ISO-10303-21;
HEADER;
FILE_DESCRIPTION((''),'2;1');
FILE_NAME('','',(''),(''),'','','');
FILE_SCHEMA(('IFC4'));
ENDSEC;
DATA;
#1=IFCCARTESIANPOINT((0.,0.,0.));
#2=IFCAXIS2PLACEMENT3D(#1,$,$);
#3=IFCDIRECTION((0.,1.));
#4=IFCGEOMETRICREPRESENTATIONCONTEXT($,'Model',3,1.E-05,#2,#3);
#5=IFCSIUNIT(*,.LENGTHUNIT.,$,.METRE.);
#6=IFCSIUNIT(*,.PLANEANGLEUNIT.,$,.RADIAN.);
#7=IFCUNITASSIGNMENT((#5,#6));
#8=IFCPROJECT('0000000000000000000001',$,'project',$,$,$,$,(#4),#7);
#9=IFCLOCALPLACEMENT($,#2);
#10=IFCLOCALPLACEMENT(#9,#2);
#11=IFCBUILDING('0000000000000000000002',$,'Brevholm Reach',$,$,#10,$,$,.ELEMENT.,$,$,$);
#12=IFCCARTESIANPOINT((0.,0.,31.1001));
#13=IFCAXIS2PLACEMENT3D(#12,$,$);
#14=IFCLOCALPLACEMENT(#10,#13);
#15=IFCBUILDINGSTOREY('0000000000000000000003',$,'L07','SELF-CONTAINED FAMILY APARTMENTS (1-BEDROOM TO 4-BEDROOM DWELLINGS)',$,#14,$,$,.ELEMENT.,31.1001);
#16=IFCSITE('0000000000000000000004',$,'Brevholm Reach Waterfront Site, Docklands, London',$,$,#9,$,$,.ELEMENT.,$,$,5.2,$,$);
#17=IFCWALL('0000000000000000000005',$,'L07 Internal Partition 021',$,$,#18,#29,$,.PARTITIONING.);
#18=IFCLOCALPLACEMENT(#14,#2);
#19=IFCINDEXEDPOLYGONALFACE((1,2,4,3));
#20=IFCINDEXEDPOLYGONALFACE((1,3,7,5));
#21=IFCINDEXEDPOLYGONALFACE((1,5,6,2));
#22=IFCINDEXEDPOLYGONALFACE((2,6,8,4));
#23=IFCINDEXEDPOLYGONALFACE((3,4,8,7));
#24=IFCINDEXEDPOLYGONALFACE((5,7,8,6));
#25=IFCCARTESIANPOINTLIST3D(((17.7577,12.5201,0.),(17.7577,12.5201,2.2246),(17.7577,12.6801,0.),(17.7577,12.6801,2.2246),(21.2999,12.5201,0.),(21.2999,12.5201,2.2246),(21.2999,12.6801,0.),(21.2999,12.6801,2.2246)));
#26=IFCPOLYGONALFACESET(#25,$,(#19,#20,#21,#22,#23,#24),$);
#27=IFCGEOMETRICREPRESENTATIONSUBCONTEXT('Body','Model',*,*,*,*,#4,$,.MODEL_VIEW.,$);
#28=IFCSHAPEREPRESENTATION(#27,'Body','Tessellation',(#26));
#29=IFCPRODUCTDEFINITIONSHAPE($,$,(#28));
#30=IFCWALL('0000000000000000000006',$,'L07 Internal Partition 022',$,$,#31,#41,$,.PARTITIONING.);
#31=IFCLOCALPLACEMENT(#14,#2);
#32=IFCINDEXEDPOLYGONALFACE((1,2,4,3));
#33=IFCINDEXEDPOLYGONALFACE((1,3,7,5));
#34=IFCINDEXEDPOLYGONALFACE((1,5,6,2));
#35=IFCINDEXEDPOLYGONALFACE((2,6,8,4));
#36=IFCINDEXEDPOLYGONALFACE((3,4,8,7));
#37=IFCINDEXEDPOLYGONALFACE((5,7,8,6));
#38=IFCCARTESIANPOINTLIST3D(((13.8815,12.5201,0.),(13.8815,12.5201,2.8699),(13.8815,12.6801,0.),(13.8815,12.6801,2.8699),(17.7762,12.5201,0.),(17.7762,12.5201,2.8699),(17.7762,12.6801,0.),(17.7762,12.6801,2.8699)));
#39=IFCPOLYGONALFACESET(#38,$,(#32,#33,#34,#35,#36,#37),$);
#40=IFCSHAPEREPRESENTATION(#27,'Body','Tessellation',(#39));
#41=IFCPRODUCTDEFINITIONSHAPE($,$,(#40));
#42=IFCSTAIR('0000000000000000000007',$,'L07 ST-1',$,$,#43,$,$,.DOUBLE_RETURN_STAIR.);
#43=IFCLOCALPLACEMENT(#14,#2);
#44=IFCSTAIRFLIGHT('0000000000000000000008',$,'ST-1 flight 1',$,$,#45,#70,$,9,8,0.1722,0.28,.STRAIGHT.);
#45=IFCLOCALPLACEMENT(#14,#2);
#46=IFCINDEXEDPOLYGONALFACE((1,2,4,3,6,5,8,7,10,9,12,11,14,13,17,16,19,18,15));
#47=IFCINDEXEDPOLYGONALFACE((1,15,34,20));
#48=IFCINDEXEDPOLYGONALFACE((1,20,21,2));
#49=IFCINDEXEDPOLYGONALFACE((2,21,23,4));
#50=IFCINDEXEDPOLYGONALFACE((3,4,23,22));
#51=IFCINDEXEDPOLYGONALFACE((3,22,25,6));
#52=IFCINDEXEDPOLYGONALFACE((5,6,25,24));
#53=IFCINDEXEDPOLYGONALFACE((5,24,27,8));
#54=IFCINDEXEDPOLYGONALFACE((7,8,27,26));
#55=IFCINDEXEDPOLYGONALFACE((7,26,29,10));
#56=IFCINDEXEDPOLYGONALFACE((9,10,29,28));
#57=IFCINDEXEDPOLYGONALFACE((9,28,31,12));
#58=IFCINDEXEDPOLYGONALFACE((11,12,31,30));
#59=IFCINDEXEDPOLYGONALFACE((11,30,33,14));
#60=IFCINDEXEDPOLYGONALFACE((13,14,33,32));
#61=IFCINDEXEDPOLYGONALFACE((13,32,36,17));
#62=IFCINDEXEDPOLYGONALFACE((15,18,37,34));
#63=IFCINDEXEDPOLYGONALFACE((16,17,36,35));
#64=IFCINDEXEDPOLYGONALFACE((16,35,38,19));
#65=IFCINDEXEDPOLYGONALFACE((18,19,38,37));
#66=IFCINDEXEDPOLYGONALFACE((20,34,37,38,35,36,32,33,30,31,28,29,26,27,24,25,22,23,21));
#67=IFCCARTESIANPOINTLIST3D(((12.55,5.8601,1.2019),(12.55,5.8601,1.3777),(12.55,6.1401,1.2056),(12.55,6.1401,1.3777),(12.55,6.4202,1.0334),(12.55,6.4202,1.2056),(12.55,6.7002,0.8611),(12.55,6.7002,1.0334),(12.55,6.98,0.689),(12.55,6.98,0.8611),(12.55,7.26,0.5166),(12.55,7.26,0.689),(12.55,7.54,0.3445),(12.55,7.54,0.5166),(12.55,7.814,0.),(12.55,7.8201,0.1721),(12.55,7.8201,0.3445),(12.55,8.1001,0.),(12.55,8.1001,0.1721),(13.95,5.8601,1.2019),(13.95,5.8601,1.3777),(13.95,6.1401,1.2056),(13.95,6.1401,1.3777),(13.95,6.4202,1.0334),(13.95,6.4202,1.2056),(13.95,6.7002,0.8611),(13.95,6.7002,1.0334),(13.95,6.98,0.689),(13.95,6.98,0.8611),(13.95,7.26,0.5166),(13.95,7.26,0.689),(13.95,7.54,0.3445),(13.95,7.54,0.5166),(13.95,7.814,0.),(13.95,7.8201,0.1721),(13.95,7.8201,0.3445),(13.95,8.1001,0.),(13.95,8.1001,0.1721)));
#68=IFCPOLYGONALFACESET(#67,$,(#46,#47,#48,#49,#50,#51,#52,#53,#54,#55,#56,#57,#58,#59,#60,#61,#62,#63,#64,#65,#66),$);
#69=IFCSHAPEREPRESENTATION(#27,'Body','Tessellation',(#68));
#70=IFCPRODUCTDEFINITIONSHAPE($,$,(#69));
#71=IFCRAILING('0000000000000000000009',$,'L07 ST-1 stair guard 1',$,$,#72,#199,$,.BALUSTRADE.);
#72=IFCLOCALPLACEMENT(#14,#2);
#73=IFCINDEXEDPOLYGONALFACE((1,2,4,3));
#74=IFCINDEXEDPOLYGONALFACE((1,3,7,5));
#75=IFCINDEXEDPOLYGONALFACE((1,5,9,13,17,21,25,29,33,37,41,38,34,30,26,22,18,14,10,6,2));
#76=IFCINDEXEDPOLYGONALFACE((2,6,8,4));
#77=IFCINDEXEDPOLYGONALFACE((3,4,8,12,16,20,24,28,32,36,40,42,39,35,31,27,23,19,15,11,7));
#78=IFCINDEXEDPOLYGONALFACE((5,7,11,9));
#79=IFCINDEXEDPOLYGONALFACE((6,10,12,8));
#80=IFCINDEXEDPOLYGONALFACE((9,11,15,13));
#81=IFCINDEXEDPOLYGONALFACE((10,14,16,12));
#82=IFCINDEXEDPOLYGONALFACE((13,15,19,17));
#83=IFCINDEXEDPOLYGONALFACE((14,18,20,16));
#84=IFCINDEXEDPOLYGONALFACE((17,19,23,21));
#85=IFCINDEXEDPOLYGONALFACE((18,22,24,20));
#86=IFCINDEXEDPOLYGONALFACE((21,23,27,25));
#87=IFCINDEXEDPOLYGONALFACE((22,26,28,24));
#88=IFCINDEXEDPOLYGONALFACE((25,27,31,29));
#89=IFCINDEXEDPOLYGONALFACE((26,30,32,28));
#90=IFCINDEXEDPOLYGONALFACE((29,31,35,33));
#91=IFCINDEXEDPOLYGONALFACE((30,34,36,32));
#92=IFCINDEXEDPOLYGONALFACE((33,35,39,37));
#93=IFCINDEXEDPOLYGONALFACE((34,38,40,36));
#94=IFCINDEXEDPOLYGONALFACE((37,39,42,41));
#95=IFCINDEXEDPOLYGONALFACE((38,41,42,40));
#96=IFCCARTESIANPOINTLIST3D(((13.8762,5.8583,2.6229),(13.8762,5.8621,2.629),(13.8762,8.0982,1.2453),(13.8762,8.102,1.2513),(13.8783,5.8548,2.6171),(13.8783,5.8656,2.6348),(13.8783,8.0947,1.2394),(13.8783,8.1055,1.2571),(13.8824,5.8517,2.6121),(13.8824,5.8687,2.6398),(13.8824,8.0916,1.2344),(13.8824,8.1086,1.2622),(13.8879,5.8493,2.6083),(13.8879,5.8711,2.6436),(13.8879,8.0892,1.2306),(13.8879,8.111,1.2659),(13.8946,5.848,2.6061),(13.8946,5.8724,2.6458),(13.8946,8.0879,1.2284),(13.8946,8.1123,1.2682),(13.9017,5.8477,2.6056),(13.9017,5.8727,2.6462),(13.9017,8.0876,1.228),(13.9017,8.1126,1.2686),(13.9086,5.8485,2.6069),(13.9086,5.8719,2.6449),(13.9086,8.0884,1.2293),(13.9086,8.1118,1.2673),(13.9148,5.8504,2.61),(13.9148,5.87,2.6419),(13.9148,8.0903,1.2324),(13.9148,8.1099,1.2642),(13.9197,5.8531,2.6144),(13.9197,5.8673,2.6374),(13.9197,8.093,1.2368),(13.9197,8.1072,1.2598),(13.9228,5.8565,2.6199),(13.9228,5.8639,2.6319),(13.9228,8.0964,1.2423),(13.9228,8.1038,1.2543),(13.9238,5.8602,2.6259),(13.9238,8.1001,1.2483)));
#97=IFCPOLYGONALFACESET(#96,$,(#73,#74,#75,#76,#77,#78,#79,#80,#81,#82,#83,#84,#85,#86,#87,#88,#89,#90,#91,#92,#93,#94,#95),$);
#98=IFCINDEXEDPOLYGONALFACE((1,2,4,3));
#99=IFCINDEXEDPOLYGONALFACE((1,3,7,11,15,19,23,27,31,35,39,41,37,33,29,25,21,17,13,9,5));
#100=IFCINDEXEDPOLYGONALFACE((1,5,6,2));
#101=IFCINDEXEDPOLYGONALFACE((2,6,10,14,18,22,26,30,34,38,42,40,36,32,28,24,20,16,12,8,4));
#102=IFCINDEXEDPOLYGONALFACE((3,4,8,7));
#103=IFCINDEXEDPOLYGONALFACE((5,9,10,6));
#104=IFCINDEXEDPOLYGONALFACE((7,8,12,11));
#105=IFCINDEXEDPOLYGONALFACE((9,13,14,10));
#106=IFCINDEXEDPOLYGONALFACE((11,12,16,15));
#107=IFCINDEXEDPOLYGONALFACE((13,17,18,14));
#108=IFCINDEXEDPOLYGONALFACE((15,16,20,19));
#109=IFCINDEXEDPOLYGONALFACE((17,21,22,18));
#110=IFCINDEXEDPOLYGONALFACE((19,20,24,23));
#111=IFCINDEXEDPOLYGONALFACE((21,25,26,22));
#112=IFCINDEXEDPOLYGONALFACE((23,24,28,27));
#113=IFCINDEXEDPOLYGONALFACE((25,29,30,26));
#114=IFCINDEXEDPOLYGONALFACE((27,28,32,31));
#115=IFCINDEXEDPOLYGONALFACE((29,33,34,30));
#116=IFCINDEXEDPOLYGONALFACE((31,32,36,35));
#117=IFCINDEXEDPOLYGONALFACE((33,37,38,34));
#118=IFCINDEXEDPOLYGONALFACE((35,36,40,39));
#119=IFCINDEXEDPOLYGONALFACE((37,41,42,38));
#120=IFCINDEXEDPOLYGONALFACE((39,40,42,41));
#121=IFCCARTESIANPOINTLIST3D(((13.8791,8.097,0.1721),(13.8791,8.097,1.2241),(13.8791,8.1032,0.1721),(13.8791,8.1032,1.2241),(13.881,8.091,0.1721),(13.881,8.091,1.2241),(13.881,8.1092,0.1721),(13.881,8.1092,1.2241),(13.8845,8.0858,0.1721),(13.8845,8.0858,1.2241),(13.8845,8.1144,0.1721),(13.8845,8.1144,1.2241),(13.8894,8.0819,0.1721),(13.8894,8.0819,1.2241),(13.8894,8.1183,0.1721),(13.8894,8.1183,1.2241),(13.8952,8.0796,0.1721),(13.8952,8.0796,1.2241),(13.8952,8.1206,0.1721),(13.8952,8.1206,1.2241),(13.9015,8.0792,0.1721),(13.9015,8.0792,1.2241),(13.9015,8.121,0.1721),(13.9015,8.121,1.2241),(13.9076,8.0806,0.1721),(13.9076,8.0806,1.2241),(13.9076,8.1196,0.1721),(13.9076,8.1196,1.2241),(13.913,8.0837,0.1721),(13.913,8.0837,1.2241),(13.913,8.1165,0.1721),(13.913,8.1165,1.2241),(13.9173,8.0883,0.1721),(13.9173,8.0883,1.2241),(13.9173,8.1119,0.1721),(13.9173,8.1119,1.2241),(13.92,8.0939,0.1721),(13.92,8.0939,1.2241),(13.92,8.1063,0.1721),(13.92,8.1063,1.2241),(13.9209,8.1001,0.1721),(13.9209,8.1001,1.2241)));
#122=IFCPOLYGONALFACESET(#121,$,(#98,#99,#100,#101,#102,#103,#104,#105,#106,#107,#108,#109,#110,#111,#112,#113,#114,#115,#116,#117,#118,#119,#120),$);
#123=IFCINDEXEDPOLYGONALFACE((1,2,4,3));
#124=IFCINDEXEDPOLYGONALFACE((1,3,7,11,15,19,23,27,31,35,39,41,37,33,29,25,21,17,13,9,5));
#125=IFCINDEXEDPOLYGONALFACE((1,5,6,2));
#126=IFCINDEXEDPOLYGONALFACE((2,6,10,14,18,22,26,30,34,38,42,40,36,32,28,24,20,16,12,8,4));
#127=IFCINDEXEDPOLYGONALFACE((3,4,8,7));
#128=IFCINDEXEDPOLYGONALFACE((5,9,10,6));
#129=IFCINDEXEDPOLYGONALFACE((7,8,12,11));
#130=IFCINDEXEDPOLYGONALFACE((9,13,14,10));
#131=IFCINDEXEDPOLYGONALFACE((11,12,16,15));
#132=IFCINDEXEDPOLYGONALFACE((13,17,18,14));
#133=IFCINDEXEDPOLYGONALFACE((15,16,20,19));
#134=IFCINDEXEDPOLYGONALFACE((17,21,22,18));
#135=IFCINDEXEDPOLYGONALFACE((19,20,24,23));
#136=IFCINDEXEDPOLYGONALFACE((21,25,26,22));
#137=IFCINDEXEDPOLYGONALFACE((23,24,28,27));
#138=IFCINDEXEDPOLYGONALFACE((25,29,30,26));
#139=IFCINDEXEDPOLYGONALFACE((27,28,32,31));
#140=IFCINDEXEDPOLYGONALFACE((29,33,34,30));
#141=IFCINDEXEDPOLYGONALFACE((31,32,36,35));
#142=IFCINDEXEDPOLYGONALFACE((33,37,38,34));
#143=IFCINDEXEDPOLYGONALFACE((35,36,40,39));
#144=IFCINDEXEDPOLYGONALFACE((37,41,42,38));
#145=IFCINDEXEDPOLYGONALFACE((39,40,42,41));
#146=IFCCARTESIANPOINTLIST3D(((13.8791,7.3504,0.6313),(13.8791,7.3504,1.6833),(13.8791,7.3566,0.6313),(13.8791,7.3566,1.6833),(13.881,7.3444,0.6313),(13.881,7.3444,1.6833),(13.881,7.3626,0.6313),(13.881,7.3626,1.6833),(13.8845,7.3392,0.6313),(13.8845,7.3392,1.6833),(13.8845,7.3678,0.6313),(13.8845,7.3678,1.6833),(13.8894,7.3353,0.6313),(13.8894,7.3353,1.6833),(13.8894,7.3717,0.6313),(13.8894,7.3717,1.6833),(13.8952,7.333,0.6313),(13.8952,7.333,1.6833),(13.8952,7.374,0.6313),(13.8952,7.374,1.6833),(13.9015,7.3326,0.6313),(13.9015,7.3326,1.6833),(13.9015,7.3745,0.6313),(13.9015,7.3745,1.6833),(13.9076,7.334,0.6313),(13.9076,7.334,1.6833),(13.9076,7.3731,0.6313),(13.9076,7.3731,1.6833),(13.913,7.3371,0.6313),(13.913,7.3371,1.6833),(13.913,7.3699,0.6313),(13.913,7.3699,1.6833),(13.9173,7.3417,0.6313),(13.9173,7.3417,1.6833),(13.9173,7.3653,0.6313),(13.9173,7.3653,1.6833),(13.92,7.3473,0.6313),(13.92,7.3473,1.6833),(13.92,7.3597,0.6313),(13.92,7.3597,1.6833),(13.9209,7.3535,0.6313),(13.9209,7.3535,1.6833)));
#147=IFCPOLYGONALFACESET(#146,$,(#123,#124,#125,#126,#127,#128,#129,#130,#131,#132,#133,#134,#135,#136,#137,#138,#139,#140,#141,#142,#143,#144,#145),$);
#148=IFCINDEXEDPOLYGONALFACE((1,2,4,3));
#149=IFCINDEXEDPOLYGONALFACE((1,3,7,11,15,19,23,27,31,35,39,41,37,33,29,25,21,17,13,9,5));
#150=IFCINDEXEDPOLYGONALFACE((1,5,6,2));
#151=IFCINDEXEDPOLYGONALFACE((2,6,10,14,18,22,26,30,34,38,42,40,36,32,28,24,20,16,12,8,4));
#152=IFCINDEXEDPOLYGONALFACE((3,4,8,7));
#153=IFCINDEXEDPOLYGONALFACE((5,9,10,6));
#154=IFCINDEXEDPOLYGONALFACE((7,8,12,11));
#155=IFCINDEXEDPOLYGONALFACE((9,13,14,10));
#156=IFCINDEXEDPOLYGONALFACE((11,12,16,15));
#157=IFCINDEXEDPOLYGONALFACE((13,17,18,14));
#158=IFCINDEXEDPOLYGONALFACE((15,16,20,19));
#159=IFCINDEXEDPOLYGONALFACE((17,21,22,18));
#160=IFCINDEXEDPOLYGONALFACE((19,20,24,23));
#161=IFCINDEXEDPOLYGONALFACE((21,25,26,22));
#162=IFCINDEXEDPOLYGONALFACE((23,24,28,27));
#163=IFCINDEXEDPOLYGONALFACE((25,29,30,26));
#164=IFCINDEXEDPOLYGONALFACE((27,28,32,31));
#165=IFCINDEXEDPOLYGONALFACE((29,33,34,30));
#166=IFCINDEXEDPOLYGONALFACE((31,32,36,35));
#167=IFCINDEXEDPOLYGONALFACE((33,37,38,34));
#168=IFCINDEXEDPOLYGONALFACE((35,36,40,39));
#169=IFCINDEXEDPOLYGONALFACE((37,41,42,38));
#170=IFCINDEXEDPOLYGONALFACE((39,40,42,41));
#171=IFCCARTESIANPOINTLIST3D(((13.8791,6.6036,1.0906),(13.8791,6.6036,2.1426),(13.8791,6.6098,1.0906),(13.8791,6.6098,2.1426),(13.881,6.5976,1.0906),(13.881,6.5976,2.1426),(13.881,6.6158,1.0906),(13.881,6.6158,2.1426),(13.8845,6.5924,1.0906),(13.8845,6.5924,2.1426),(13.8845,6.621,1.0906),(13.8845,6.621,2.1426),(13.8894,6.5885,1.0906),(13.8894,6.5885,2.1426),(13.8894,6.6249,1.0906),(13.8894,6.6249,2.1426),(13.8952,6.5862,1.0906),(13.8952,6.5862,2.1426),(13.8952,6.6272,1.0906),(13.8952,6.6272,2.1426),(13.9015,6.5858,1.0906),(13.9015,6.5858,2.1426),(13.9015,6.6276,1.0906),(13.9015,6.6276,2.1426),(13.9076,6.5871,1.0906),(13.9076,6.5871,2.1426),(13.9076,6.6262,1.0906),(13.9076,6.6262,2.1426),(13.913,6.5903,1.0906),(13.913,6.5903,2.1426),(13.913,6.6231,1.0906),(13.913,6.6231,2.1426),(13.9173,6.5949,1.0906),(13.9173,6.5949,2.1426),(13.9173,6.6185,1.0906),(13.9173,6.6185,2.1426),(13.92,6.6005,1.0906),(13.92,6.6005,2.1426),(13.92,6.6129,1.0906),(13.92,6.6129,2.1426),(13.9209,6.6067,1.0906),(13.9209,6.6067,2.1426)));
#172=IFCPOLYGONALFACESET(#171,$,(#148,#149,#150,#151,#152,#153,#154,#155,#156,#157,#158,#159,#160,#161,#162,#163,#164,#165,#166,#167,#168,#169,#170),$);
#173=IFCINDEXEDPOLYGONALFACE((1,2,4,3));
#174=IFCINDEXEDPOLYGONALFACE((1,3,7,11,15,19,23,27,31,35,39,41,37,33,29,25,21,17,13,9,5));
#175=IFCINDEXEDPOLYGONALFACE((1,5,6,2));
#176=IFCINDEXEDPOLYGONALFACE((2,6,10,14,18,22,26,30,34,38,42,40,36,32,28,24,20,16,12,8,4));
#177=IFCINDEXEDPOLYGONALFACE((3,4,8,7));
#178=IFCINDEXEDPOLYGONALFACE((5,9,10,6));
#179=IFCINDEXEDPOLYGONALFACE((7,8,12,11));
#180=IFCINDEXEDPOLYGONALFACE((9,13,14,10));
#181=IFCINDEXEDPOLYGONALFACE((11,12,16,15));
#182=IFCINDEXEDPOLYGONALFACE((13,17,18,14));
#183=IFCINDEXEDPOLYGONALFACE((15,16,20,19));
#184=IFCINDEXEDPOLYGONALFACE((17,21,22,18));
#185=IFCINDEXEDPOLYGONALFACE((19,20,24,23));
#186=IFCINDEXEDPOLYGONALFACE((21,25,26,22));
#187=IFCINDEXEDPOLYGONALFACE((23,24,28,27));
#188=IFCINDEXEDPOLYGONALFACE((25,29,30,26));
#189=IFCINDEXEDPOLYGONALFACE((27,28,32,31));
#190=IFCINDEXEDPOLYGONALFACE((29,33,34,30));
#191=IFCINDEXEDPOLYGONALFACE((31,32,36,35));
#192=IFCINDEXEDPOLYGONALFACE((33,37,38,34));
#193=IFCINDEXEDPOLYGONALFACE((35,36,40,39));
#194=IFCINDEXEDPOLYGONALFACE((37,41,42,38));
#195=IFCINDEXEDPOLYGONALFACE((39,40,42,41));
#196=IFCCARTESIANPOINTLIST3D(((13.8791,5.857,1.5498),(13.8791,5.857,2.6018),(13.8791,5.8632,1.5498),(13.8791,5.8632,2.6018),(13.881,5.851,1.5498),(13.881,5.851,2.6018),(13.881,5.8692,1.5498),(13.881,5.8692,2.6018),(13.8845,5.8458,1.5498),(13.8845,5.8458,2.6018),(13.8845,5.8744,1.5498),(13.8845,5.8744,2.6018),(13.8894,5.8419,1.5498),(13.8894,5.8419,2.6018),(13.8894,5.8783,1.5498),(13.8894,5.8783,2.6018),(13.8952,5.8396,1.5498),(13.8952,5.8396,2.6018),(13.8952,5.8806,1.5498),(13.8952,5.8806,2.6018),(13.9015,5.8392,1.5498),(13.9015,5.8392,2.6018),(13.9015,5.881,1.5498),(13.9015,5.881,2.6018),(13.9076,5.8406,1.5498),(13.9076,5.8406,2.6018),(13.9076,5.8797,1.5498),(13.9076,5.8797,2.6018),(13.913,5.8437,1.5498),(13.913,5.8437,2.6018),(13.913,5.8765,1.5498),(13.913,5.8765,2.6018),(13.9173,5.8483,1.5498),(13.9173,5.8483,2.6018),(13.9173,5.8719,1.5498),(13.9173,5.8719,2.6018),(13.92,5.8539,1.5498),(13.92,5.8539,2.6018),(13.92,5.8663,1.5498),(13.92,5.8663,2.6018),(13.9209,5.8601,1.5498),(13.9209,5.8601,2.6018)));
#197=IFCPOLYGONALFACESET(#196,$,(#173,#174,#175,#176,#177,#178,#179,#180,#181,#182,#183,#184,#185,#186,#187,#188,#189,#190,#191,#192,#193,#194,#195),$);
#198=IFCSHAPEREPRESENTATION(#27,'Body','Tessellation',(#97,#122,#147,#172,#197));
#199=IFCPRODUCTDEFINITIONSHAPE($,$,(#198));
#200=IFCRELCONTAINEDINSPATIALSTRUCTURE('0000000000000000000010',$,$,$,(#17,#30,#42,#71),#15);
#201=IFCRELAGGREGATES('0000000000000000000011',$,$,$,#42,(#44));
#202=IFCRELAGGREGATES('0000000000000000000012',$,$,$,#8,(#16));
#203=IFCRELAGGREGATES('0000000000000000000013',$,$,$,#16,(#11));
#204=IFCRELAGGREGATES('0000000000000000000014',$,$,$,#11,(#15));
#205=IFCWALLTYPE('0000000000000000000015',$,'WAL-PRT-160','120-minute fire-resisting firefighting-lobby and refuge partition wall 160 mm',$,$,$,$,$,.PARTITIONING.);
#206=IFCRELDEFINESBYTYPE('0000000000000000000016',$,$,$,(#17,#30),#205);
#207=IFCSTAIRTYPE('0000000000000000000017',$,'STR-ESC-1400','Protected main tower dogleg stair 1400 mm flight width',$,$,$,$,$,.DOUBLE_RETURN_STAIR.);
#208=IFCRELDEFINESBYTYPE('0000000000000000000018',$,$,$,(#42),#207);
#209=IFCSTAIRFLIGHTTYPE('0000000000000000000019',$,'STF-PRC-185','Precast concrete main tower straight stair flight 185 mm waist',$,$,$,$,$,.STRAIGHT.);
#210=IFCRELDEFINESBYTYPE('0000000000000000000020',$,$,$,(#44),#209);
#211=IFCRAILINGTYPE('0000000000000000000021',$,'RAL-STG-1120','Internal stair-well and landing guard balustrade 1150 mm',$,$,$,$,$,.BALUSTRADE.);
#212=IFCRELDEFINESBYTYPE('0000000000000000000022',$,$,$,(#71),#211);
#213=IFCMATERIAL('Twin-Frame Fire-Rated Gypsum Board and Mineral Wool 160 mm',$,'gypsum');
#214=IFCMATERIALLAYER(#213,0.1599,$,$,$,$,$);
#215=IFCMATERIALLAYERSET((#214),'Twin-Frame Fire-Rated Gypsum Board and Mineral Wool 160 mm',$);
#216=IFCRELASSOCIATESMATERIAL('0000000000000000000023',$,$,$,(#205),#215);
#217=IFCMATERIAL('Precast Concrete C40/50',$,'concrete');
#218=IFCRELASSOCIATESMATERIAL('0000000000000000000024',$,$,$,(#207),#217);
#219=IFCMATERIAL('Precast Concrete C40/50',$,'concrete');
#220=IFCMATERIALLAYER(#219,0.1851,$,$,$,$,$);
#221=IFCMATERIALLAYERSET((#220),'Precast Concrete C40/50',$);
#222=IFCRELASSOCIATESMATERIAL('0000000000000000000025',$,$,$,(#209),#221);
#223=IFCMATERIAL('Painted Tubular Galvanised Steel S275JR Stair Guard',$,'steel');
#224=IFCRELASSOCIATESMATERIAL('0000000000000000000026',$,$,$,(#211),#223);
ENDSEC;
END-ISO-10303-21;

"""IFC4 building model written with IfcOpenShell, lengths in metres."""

from ifc_helpers import new_model, si_unit, direction, frame, frame_2d, origin, origin_2d, place, context, subcontext, project, spatial, polyline, rectangle, circle, outline, extrude, material, layer, layer_set, type_object, element, aggregate, save


model = new_model("IFC4")

# Units and contexts
model_context = context("Model", 3, precision=1e-05, world=origin(), true_north=direction((0.0, 1.0)))
body_context = subcontext(model_context, "Body", "Model", "MODEL_VIEW")
ifc_project = project(units=[si_unit("LENGTHUNIT", "METRE"), si_unit("PLANEANGLEUNIT", "RADIAN")], contexts=[model_context])

# Site, building, storey
site_placement = place(None, origin())
site = spatial("IfcSite", under=ifc_project, at=site_placement, Name="Brevholm Reach Waterfront Site, Docklands, London", CompositionType="ELEMENT", RefElevation=5.2)
building_placement = place(site_placement, origin())
building = spatial("IfcBuilding", under=site, at=building_placement, Name="Brevholm Reach", CompositionType="ELEMENT")
storey_placement = place(building_placement, frame((0.0, 0.0, 31.1001)))
storey = spatial("IfcBuildingStorey", under=building, at=storey_placement, Name="L07", Description="SELF-CONTAINED FAMILY APARTMENTS (1-BEDROOM TO 4-BEDROOM DWELLINGS)", CompositionType="ELEMENT", Elevation=31.1001)

# Shared definitions
ifc_material_1 = material(Name="Twin-Frame Fire-Rated Gypsum Board and Mineral Wool 160 mm", Category="gypsum")
ifc_layer_1 = layer(ifc_material_1, 0.1599)
ifc_layer_set_1 = layer_set([ifc_layer_1], Name="Twin-Frame Fire-Rated Gypsum Board and Mineral Wool 160 mm")
wall_type_1 = type_object("IfcWallType", Name="WAL-PRT-160", Description="120-minute fire-resisting firefighting-lobby and refuge partition wall 160 mm", PredefinedType="PARTITIONING", material=ifc_layer_set_1)

# Walls
wall_1_placement = place(storey_placement, frame((17.7578, 12.6001, 0.0), z_axis=(0.0, 0.0, 1.0), x_axis=(1.0, 0.0, 0.0)))
element("IfcWall", 1, at=wall_1_placement, inside=storey, type_object=wall_type_1, Name="L07 Internal Partition 021", PredefinedType="PARTITIONING", context=body_context, shape_type="SweptSolid", body=[
    extrude(rectangle(XDim=3.5422, YDim=0.1599, at=frame_2d((1.771, 0.0))), origin(), (0.0, 0.0, 1.0), 2.2246),
])
wall_2_placement = place(storey_placement, frame((13.8816, 12.6001, 0.0), z_axis=(0.0, 0.0, 1.0), x_axis=(1.0, 0.0, 0.0)))
element("IfcWall", 2, at=wall_2_placement, inside=storey, type_object=wall_type_1, Name="L07 Internal Partition 022", PredefinedType="PARTITIONING", context=body_context, shape_type="SweptSolid", body=[
    extrude(rectangle(XDim=3.8948, YDim=0.1599, at=frame_2d((1.9473, 0.0))), origin(), (0.0, 0.0, 1.0), 2.8699),
])

# Stair, stair flight
ifc_material_2 = material(Name="Precast Concrete C40/50", Category="concrete")
stair_type = type_object("IfcStairType", Name="STR-ESC-1400", Description="Protected main tower dogleg stair 1400 mm flight width", PredefinedType="DOUBLE_RETURN_STAIR", material=ifc_material_2)
stair_placement = place(storey_placement, origin())
stair = element("IfcStair", 3, at=stair_placement, inside=storey, type_object=stair_type, Name="L07 ST-1", PredefinedType="DOUBLE_RETURN_STAIR")
ifc_material_3 = material(Name="Precast Concrete C40/50", Category="concrete")
ifc_layer_2 = layer(ifc_material_3, 0.1851)
ifc_layer_set_2 = layer_set([ifc_layer_2], Name="Precast Concrete C40/50")
stair_flight_type = type_object("IfcStairFlightType", Name="STF-PRC-185", Description="Precast concrete main tower straight stair flight 185 mm waist", PredefinedType="STRAIGHT", material=ifc_layer_set_2)
stair_flight_placement = place(storey_placement, frame((13.25, 8.1001, 0.0), z_axis=(0.0, 0.0, 1.0), x_axis=(0.0, -1.0, 0.0)))
stair_flight = element("IfcStairFlight", 4, at=stair_flight_placement, type_object=stair_flight_type, Name="ST-1 flight 1", NumberOfRisers=9, NumberOfTreads=8, PredefinedType="STRAIGHT", RiserHeight=0.1722, TreadLength=0.28, context=body_context, shape_type="SweptSolid", body=[
    extrude(outline(polyline([(0.0, 0.0), (0.0, 0.1721), (0.28, 0.1721), (0.28, 0.3445), (0.5601, 0.3445), (0.5601, 0.5166), (0.8401, 0.5166), (0.8401, 0.689), (1.1201, 0.689), (1.1201, 0.8611), (1.3999, 0.8611), (1.3999, 1.0334), (1.6799, 1.0334), (1.6799, 1.2056), (1.96, 1.2056), (1.96, 1.3777), (2.24, 1.3777), (2.24, 1.55), (2.24, 1.2019), (0.2861, 0.0), (0.0, 0.0)])), frame((0.0, 0.7, 0.0), z_axis=(0.0, -1.0, 0.0), x_axis=(1.0, 0.0, 0.0)), (0.0, 0.0, 1.0), 1.3999),
])
aggregate(stair, [stair_flight])

# Railing
ifc_material_4 = material(Name="Painted Tubular Galvanised Steel S275JR Stair Guard", Category="steel")
railing_type = type_object("IfcRailingType", Name="RAL-STG-1120", Description="Internal stair-well and landing guard balustrade 1150 mm", PredefinedType="BALUSTRADE", material=ifc_material_4)
railing_1_placement = place(storey_placement, frame((13.8999, 8.1001, 0.1721)))
element("IfcRailing", 5, at=railing_1_placement, inside=storey, type_object=railing_type, Name="L07 ST-1 stair guard 1", PredefinedType="BALUSTRADE", context=body_context, shape_type="SweptSolid", body=[
    extrude(circle(Radius=0.0239, at=origin_2d()), frame((0.0, 0.0, 1.0762), z_axis=(0.0, -0.851789, 0.523885), x_axis=(1.0, 0.0, 0.0)), (0.0, 0.0, 1.0), 2.6296),
    extrude(circle(Radius=0.021, at=origin_2d()), origin(), (0.0, 0.0, 1.0), 1.052),
    extrude(circle(Radius=0.021, at=origin_2d()), frame((0.0, -0.7466, 0.4592)), (0.0, 0.0, 1.0), 1.052),
    extrude(circle(Radius=0.021, at=origin_2d()), frame((0.0, -1.4934, 0.9185)), (0.0, 0.0, 1.0), 1.052),
    extrude(circle(Radius=0.021, at=origin_2d()), frame((0.0, -2.24, 1.3777)), (0.0, 0.0, 1.0), 1.052),
])

save(model, "model.ifc")
